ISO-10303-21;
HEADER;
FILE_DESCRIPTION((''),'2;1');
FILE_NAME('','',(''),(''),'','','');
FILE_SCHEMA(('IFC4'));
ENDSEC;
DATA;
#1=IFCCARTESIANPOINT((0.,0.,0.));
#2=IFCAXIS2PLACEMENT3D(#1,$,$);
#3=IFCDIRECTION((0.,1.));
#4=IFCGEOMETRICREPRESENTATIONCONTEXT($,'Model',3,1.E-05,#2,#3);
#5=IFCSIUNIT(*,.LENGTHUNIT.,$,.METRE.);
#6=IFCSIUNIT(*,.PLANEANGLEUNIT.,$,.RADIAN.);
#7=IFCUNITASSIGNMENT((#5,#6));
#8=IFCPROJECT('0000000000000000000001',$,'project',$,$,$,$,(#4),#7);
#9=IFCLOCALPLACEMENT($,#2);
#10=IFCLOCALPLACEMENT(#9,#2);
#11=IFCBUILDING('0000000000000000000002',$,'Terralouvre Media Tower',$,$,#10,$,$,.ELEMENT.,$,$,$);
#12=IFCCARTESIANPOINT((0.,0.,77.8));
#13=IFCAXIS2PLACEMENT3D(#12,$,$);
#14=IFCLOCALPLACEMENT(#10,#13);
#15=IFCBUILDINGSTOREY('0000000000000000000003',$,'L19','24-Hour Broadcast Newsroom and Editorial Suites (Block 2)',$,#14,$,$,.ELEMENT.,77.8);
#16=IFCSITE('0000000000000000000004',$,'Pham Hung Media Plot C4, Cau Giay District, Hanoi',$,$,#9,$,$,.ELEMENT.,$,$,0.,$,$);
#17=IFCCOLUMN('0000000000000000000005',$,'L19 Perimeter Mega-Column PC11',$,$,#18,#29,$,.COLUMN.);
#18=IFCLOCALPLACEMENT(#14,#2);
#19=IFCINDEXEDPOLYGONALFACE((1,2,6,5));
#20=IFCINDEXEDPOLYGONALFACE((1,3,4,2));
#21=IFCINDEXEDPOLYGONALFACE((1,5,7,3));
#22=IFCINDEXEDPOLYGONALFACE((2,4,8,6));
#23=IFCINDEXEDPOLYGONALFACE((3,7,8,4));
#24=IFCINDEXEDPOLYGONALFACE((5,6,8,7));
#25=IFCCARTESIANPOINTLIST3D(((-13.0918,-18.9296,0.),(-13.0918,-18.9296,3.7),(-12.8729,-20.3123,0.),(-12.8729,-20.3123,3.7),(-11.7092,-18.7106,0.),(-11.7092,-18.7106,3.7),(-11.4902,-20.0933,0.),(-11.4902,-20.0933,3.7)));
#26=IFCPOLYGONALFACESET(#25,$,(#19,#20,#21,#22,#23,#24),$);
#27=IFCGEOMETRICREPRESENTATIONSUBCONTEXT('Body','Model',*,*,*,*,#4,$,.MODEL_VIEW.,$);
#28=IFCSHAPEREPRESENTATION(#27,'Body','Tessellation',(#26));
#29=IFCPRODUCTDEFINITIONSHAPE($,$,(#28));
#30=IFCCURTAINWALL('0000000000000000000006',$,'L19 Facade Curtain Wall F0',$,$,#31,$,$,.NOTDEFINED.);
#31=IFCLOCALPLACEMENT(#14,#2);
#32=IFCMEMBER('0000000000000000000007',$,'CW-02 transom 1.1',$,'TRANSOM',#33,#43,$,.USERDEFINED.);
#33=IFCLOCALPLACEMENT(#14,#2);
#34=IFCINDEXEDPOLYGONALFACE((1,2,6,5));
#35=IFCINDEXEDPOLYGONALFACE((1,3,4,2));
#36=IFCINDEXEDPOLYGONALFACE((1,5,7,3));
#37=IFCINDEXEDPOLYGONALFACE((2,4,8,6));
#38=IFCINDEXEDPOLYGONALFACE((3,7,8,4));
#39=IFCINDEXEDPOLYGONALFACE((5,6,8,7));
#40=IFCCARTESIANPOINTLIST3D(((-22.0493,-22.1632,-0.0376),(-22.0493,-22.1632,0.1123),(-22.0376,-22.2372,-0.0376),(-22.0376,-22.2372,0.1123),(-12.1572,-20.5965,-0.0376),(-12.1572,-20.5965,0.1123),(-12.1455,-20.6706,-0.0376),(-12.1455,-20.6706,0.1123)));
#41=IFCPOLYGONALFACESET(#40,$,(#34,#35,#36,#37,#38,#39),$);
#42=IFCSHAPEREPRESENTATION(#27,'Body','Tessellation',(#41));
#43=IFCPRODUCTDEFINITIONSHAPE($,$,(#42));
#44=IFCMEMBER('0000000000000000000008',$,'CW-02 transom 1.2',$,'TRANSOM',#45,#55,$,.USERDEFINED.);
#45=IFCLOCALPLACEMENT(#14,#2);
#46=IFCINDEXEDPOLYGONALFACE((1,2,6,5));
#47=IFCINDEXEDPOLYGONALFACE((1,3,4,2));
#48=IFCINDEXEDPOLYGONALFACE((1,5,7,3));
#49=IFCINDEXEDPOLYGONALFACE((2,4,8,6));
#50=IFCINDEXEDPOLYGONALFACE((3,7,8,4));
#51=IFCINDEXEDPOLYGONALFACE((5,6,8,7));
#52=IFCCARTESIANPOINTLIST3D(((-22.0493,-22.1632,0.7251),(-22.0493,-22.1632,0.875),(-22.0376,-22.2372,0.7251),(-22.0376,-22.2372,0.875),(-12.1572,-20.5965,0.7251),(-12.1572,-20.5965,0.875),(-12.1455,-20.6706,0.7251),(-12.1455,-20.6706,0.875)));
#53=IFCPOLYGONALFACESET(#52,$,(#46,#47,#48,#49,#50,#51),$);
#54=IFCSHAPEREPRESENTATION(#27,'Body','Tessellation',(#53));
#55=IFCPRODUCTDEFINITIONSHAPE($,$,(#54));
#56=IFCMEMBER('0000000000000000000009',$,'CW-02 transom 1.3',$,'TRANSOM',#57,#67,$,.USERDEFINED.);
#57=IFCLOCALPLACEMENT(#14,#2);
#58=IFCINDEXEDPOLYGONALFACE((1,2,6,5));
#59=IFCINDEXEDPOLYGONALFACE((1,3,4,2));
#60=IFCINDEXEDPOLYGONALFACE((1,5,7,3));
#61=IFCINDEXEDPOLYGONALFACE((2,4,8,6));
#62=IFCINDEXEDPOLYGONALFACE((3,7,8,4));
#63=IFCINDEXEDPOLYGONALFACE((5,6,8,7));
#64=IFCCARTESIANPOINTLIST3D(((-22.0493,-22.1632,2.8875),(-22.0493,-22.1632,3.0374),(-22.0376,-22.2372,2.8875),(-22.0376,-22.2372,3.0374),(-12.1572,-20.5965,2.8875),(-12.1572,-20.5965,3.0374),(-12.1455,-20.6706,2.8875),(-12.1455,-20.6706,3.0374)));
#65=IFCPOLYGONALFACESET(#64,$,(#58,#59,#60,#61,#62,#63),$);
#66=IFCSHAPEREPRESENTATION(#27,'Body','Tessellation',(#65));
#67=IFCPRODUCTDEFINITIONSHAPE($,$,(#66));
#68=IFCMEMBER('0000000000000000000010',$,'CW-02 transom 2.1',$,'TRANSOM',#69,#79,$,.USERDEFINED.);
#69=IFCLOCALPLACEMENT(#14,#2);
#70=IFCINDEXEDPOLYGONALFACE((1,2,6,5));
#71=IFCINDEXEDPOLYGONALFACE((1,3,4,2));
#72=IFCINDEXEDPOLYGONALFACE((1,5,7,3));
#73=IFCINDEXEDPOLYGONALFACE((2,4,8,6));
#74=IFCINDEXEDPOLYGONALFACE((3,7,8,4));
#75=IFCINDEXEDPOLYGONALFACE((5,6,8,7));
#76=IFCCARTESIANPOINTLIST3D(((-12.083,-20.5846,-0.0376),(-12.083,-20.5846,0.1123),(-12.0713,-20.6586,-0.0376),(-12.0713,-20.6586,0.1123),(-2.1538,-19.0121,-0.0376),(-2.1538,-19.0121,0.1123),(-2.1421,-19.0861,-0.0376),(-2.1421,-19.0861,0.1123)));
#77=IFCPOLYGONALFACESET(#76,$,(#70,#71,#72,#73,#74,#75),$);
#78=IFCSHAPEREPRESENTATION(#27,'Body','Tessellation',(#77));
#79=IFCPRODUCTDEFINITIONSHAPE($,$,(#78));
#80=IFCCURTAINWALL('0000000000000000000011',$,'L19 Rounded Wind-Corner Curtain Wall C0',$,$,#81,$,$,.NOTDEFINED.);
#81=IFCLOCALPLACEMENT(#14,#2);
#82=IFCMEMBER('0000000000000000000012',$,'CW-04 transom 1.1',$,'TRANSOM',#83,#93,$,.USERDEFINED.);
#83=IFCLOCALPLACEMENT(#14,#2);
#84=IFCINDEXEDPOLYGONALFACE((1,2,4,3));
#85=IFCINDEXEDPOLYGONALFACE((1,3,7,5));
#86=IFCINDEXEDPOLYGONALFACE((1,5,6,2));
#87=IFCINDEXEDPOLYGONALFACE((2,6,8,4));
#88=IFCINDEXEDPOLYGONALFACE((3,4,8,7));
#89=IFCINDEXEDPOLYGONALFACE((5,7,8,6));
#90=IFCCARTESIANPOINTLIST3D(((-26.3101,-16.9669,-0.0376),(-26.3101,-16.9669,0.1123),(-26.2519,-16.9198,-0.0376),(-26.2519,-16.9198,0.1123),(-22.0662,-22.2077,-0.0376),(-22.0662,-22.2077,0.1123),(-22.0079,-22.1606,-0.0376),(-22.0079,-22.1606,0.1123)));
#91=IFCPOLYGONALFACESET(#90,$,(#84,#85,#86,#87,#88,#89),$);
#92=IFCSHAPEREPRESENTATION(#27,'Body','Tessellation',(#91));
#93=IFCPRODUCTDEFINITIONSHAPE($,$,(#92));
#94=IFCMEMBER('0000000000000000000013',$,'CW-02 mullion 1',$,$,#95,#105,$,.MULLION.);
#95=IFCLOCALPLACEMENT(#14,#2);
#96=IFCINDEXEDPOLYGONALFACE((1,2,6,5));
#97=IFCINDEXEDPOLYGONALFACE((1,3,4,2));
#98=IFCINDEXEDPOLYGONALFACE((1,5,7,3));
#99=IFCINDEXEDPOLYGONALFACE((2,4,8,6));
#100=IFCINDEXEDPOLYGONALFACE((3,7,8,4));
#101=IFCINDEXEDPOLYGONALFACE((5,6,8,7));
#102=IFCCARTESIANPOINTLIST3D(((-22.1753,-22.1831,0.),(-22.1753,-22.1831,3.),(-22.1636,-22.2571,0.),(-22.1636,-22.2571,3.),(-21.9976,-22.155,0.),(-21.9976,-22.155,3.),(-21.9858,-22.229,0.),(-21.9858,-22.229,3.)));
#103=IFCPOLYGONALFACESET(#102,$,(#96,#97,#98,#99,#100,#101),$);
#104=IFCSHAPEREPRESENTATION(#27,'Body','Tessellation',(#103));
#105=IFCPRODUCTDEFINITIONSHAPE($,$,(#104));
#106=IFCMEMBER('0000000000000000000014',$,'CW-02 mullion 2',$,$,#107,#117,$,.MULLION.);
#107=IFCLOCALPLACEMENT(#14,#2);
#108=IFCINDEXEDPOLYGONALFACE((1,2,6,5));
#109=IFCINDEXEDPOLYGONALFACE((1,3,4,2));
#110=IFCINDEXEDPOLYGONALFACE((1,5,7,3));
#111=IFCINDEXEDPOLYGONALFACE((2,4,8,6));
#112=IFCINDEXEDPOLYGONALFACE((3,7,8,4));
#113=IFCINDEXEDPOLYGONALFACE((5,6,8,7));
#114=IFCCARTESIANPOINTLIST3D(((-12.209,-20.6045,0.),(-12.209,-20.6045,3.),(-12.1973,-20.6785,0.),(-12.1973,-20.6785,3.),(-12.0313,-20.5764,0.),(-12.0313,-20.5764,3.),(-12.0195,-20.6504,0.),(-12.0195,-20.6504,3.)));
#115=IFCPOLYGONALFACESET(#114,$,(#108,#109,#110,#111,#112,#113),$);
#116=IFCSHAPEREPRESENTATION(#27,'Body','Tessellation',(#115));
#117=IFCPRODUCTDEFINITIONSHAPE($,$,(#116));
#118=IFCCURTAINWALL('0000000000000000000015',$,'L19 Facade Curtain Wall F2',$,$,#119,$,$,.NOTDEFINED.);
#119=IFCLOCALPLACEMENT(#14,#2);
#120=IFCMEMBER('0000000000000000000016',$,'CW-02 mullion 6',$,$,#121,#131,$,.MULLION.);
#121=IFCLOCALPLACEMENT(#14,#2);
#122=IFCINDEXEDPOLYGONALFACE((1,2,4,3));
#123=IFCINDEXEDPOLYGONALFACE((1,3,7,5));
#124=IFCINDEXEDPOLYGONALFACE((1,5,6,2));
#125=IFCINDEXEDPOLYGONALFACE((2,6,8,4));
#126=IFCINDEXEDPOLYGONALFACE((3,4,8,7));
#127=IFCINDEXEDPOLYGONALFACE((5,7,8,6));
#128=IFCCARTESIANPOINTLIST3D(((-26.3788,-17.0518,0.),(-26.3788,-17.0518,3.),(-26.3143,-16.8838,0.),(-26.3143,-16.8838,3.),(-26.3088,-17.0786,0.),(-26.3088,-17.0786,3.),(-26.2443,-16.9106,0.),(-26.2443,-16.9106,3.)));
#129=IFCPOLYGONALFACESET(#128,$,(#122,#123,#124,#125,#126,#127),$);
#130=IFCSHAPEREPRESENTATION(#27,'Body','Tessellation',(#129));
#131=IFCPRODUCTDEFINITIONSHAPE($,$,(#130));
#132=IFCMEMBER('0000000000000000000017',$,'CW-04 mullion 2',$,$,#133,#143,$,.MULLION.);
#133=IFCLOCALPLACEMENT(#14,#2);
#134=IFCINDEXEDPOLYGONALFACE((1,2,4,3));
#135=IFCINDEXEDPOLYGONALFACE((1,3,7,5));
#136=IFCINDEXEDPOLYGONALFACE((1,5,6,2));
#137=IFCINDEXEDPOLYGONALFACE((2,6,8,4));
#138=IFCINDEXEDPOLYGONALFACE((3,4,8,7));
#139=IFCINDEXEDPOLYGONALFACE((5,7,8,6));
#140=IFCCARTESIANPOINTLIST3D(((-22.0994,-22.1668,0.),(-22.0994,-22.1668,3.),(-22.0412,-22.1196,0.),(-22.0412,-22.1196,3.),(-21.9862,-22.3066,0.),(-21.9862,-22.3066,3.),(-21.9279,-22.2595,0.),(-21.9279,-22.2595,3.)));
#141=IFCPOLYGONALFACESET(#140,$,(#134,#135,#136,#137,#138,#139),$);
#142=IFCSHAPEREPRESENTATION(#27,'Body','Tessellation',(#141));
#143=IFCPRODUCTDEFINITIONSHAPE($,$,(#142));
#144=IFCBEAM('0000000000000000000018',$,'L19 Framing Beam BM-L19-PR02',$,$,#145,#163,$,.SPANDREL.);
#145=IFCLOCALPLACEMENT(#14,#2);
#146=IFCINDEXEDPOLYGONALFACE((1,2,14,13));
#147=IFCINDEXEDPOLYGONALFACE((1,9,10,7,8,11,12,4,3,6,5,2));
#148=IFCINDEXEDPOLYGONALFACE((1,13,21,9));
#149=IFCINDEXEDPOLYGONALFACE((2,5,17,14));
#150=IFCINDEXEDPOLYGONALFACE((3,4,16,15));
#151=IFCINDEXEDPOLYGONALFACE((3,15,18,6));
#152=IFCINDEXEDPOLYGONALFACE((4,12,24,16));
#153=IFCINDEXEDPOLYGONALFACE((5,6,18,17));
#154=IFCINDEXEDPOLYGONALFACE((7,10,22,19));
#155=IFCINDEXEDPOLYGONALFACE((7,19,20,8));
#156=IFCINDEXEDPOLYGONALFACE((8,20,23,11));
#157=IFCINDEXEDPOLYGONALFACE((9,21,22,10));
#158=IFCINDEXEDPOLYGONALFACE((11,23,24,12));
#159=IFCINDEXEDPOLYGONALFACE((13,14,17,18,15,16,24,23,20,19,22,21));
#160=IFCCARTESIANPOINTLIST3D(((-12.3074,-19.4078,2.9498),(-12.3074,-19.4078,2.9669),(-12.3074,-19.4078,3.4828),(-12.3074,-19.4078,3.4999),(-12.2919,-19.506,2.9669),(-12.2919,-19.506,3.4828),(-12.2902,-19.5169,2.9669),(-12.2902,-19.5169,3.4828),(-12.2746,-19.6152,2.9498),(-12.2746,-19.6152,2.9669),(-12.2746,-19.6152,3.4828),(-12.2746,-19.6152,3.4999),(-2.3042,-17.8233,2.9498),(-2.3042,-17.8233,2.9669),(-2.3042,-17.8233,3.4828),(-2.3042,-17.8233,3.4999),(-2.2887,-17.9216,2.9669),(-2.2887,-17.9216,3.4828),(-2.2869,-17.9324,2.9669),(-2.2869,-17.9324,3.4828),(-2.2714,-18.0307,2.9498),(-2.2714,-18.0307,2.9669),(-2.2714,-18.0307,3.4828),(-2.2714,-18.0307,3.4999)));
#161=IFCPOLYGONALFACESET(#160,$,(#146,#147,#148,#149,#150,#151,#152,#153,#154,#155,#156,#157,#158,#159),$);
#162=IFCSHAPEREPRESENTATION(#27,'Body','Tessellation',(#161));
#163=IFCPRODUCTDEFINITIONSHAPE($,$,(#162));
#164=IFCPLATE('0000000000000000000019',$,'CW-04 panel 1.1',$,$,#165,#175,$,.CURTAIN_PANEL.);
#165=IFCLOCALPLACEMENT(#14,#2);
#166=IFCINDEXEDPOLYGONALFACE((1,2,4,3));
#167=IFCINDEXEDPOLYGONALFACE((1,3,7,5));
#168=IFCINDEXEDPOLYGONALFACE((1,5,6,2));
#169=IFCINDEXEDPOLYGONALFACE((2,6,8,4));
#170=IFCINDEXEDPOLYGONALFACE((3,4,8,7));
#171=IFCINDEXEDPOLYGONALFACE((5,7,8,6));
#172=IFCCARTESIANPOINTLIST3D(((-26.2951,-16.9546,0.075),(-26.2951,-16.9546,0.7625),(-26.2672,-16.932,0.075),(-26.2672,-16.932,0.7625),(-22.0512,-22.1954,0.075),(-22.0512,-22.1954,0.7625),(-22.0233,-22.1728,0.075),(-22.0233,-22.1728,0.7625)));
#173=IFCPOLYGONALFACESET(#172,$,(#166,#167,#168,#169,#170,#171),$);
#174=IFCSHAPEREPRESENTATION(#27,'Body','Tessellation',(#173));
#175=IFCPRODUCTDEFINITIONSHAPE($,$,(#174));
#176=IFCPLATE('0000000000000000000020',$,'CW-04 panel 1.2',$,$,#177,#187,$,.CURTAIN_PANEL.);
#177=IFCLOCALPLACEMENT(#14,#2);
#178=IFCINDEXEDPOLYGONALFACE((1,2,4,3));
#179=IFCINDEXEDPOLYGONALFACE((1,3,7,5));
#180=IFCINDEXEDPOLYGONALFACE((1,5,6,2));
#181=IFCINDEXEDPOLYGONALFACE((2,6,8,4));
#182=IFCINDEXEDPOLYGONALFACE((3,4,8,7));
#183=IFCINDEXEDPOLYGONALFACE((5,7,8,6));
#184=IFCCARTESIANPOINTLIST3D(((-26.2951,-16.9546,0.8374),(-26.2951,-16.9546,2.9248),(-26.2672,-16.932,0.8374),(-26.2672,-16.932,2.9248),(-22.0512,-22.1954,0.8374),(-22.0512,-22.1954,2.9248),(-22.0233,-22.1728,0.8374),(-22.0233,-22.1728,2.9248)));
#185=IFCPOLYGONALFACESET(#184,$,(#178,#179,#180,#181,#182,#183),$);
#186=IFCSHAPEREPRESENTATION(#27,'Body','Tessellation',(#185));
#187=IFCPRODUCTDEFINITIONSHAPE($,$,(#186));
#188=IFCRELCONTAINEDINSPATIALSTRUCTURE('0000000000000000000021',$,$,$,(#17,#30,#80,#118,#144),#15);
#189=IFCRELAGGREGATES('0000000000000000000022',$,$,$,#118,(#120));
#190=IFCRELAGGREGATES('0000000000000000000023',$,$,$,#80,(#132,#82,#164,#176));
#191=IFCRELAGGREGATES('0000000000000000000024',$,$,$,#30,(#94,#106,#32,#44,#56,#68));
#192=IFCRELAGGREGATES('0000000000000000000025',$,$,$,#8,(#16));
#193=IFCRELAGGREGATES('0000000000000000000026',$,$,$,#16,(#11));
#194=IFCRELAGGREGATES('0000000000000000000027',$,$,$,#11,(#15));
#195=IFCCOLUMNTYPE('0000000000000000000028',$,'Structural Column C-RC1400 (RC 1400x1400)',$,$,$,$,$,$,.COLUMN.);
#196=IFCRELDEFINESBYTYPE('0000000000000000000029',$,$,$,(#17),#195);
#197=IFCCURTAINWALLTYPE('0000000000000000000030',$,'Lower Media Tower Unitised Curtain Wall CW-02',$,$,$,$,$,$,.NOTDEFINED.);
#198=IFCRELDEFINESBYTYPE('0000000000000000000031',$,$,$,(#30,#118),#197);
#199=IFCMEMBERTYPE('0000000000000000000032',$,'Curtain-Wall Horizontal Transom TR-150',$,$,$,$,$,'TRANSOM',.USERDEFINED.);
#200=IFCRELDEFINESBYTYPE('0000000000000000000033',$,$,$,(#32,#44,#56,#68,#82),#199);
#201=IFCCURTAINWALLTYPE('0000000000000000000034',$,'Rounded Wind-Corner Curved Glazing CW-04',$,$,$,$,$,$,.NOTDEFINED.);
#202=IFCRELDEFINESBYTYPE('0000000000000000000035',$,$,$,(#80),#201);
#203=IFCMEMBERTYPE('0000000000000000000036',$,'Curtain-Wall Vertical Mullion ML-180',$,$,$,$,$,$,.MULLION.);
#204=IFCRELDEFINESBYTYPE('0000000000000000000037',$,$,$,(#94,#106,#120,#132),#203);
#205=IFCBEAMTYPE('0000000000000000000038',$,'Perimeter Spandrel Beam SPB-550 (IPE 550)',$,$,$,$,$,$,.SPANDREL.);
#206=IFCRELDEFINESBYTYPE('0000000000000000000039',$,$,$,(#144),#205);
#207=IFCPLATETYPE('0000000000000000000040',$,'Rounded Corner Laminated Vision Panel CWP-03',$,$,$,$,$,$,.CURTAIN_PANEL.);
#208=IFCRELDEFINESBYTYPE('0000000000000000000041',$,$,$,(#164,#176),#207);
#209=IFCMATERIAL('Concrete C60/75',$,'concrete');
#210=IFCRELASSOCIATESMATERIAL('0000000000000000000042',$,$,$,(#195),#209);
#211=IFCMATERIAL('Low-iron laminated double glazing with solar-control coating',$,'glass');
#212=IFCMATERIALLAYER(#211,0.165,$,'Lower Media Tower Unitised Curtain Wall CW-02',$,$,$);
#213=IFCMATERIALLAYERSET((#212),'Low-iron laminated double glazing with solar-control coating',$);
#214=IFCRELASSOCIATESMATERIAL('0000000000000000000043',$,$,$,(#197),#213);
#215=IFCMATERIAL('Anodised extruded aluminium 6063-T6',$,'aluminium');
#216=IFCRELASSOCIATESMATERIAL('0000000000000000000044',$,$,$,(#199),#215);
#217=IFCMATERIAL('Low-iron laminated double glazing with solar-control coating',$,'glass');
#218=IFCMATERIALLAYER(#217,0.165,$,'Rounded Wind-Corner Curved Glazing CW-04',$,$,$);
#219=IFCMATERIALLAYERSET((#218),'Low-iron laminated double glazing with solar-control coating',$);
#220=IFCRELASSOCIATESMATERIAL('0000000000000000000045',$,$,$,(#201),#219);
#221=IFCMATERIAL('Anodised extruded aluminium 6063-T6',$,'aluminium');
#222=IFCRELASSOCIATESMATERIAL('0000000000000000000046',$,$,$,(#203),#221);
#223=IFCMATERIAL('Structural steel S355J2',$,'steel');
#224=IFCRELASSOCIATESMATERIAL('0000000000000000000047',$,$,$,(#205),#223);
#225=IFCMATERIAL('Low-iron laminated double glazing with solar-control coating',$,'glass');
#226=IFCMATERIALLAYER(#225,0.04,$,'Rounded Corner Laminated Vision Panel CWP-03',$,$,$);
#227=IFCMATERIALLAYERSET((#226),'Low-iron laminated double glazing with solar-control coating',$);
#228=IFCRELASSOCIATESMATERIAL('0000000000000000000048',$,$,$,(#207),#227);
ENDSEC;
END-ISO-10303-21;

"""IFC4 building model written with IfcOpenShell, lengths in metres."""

from ifc_helpers import new_model, si_unit, direction, frame, origin, origin_2d, place, context, subcontext, project, spatial, rectangle, i_section, extrude, material, layer, layer_set, material_profile, profile_set, type_object, element, aggregate, save


model = new_model("IFC4")

# Units and contexts
model_context = context("Model", 3, precision=1e-05, world=origin(), true_north=direction((0.0, 1.0)))
body_context = subcontext(model_context, "Body", "Model", "MODEL_VIEW")
ifc_project = project(units=[si_unit("LENGTHUNIT", "METRE"), si_unit("PLANEANGLEUNIT", "RADIAN")], contexts=[model_context])

# Site, building, storey
site_placement = place(None, origin())
site = spatial("IfcSite", under=ifc_project, at=site_placement, Name="Pham Hung Media Plot C4, Cau Giay District, Hanoi", CompositionType="ELEMENT", RefElevation=0.0)
building_placement = place(site_placement, origin())
building = spatial("IfcBuilding", under=site, at=building_placement, Name="Terralouvre Media Tower", CompositionType="ELEMENT")
storey_placement = place(building_placement, frame((0.0, 0.0, 77.8)))
storey = spatial("IfcBuildingStorey", under=building, at=storey_placement, Name="L19", Description="24-Hour Broadcast Newsroom and Editorial Suites (Block 2)", CompositionType="ELEMENT", Elevation=77.8)

# Column
ifc_material_1 = material(Name="Concrete C60/75", Category="concrete")
ifc_material_profile_1 = material_profile(ifc_material_1, rectangle(XDim=1.3999, YDim=1.3999, at=origin_2d()), Name="RC 1400x1400")
ifc_profile_set_1 = profile_set([ifc_material_profile_1], Name="Concrete C60/75")
column_type = type_object("IfcColumnType", Name="Structural Column C-RC1400 (RC 1400x1400)", PredefinedType="COLUMN", material=ifc_profile_set_1)
column_placement = place(storey_placement, frame((-12.291, -19.5115, 0.0), z_axis=(0.0, 0.0, 1.0), x_axis=(0.987688, 0.156434, 0.0)))
element("IfcColumn", 1, at=column_placement, inside=storey, type_object=column_type, Name="L19 Perimeter Mega-Column PC11", PredefinedType="COLUMN", context=body_context, shape_type="SweptSolid", body=[
    extrude(rectangle(XDim=1.3999, YDim=1.3999, at=origin_2d()), origin(), (0.0, 0.0, 1.0), 3.7),
])

# Curtain wall, members
ifc_material_2 = material(Name="Low-iron laminated double glazing with solar-control coating", Category="glass")
ifc_layer_1 = layer(ifc_material_2, 0.165, Name="Lower Media Tower Unitised Curtain Wall CW-02")
ifc_layer_set_1 = layer_set([ifc_layer_1], Name="Low-iron laminated double glazing with solar-control coating")
curtain_wall_type_1 = type_object("IfcCurtainWallType", Name="Lower Media Tower Unitised Curtain Wall CW-02", PredefinedType="NOTDEFINED", material=ifc_layer_set_1)
curtain_wall_1_placement = place(storey_placement, origin())
curtain_wall_1 = element("IfcCurtainWall", 2, at=curtain_wall_1_placement, inside=storey, type_object=curtain_wall_type_1, Name="L19 Facade Curtain Wall F0", PredefinedType="NOTDEFINED")
ifc_material_3 = material(Name="Anodised extruded aluminium 6063-T6", Category="aluminium")
ifc_material_profile_2 = material_profile(ifc_material_3, rectangle(XDim=0.075, YDim=0.1499, at=origin_2d()), Name="ALU 75x150")
ifc_profile_set_2 = profile_set([ifc_material_profile_2], Name="Anodised extruded aluminium 6063-T6")
member_type_1 = type_object("IfcMemberType", Name="Curtain-Wall Horizontal Transom TR-150", ElementType="TRANSOM", PredefinedType="USERDEFINED", material=ifc_profile_set_2)
member_1_placement = place(storey_placement, frame((-22.0435, -22.2002, 0.0374), z_axis=(0.98769, 0.156424, 0.0), x_axis=(-0.156424, 0.98769, 0.0)))
member_1 = element("IfcMember", 3, at=member_1_placement, type_object=member_type_1, Name="CW-02 transom 1.1", ObjectType="TRANSOM", PredefinedType="USERDEFINED", context=body_context, shape_type="SweptSolid", body=[
    extrude(rectangle(XDim=0.075, YDim=0.1499, at=origin_2d()), origin(), (0.0, 0.0, 1.0), 10.0154),
])
member_2_placement = place(storey_placement, frame((-22.0435, -22.2002, 0.8), z_axis=(0.98769, 0.156424, 0.0), x_axis=(-0.156424, 0.98769, 0.0)))
member_2 = element("IfcMember", 4, at=member_2_placement, type_object=member_type_1, Name="CW-02 transom 1.2", ObjectType="TRANSOM", PredefinedType="USERDEFINED", context=body_context, shape_type="SweptSolid", body=[
    extrude(rectangle(XDim=0.075, YDim=0.1499, at=origin_2d()), origin(), (0.0, 0.0, 1.0), 10.0154),
])
member_3_placement = place(storey_placement, frame((-22.0435, -22.2002, 2.9624), z_axis=(0.98769, 0.156424, 0.0), x_axis=(-0.156424, 0.98769, 0.0)))
member_3 = element("IfcMember", 5, at=member_3_placement, type_object=member_type_1, Name="CW-02 transom 1.3", ObjectType="TRANSOM", PredefinedType="USERDEFINED", context=body_context, shape_type="SweptSolid", body=[
    extrude(rectangle(XDim=0.075, YDim=0.1499, at=origin_2d()), origin(), (0.0, 0.0, 1.0), 10.0154),
])
member_4_placement = place(storey_placement, frame((-12.0771, -20.6216, 0.0374), z_axis=(0.98769, 0.156423, 0.0), x_axis=(-0.156423, 0.98769, 0.0)))
member_4 = element("IfcMember", 6, at=member_4_placement, type_object=member_type_1, Name="CW-02 transom 2.1", ObjectType="TRANSOM", PredefinedType="USERDEFINED", context=body_context, shape_type="SweptSolid", body=[
    extrude(rectangle(XDim=0.075, YDim=0.1499, at=origin_2d()), origin(), (0.0, 0.0, 1.0), 10.053),
])

# Curtain wall, member
ifc_material_4 = material(Name="Low-iron laminated double glazing with solar-control coating", Category="glass")
ifc_layer_2 = layer(ifc_material_4, 0.165, Name="Rounded Wind-Corner Curved Glazing CW-04")
ifc_layer_set_2 = layer_set([ifc_layer_2], Name="Low-iron laminated double glazing with solar-control coating")
curtain_wall_type_2 = type_object("IfcCurtainWallType", Name="Rounded Wind-Corner Curved Glazing CW-04", PredefinedType="NOTDEFINED", material=ifc_layer_set_2)
curtain_wall_2_placement = place(storey_placement, origin())
curtain_wall_2 = element("IfcCurtainWall", 7, at=curtain_wall_2_placement, inside=storey, type_object=curtain_wall_type_2, Name="L19 Rounded Wind-Corner Curtain Wall C0", PredefinedType="NOTDEFINED")
member_5_placement = place(storey_placement, frame((-26.281, -16.9434, 0.0374), z_axis=(0.629324, -0.777143, 0.0), x_axis=(0.777143, 0.629324, 0.0)))
member_5 = element("IfcMember", 8, at=member_5_placement, type_object=member_type_1, Name="CW-04 transom 1.1", ObjectType="TRANSOM", PredefinedType="USERDEFINED", context=body_context, shape_type="SweptSolid", body=[
    extrude(rectangle(XDim=0.075, YDim=0.1499, at=origin_2d()), origin(), (0.0, 0.0, 1.0), 6.7437),
])

# Members
ifc_material_5 = material(Name="Anodised extruded aluminium 6063-T6", Category="aluminium")
ifc_material_profile_3 = material_profile(ifc_material_5, rectangle(XDim=0.075, YDim=0.1799, at=origin_2d()), Name="ALU 75x180")
ifc_profile_set_3 = profile_set([ifc_material_profile_3], Name="Anodised extruded aluminium 6063-T6")
member_type_2 = type_object("IfcMemberType", Name="Curtain-Wall Vertical Mullion ML-180", PredefinedType="MULLION", material=ifc_profile_set_3)
member_6_placement = place(storey_placement, frame((-22.0806, -22.2061, 0.0), z_axis=(0.0, 0.0, 1.0), x_axis=(-0.156434, 0.987688, 0.0)))
member_6 = element("IfcMember", 9, at=member_6_placement, type_object=member_type_2, Name="CW-02 mullion 1", PredefinedType="MULLION", context=body_context, shape_type="SweptSolid", body=[
    extrude(rectangle(XDim=0.075, YDim=0.1799, at=origin_2d()), origin(), (0.0, 0.0, 1.0), 3.0),
])
member_7_placement = place(storey_placement, frame((-12.1143, -20.6274, 0.0), z_axis=(0.0, 0.0, 1.0), x_axis=(-0.156434, 0.987688, 0.0)))
member_7 = element("IfcMember", 10, at=member_7_placement, type_object=member_type_2, Name="CW-02 mullion 2", PredefinedType="MULLION", context=body_context, shape_type="SweptSolid", body=[
    extrude(rectangle(XDim=0.075, YDim=0.1799, at=origin_2d()), origin(), (0.0, 0.0, 1.0), 3.0),
])

# Curtain wall, member
curtain_wall_3_placement = place(storey_placement, origin())
curtain_wall_3 = element("IfcCurtainWall", 11, at=curtain_wall_3_placement, inside=storey, type_object=curtain_wall_type_1, Name="L19 Facade Curtain Wall F2", PredefinedType="NOTDEFINED")
member_8_placement = place(storey_placement, frame((-26.3115, -16.9812, 0.0), z_axis=(0.0, 0.0, 1.0), x_axis=(0.93358, -0.358368, 0.0)))
member_8 = element("IfcMember", 12, at=member_8_placement, type_object=member_type_2, Name="CW-02 mullion 6", PredefinedType="MULLION", context=body_context, shape_type="SweptSolid", body=[
    extrude(rectangle(XDim=0.075, YDim=0.1799, at=origin_2d()), origin(), (0.0, 0.0, 1.0), 3.0),
])
aggregate(curtain_wall_3, [member_8])

# Member
member_9_placement = place(storey_placement, frame((-22.0137, -22.2131, 0.0), z_axis=(0.0, 0.0, 1.0), x_axis=(0.777146, 0.62932, 0.0)))
member_9 = element("IfcMember", 13, at=member_9_placement, type_object=member_type_2, Name="CW-04 mullion 2", PredefinedType="MULLION", context=body_context, shape_type="SweptSolid", body=[
    extrude(rectangle(XDim=0.075, YDim=0.1799, at=origin_2d()), origin(), (0.0, 0.0, 1.0), 3.0),
])

# Beam
ifc_material_6 = material(Name="Structural steel S355J2", Category="steel")
ifc_material_profile_4 = material_profile(ifc_material_6, i_section(OverallWidth=0.21, OverallDepth=0.55, WebThickness=0.011, FlangeThickness=0.0171, at=origin_2d()), Name="IPE 550")
ifc_profile_set_4 = profile_set([ifc_material_profile_4], Name="Structural steel S355J2")
beam_type = type_object("IfcBeamType", Name="Perimeter Spandrel Beam SPB-550 (IPE 550)", PredefinedType="SPANDREL", material=ifc_profile_set_4)
beam_placement = place(storey_placement, frame((-12.291, -19.5115, 3.2249), z_axis=(0.987686, 0.156447, 0.0), x_axis=(-0.156447, 0.987686, 0.0)))
element("IfcBeam", 14, at=beam_placement, inside=storey, type_object=beam_type, Name="L19 Framing Beam BM-L19-PR02", PredefinedType="SPANDREL", context=body_context, shape_type="SweptSolid", body=[
    extrude(i_section(OverallWidth=0.21, OverallDepth=0.55, WebThickness=0.011, FlangeThickness=0.0171, at=origin_2d()), origin(), (0.0, 0.0, 1.0), 10.1279),
])

# Plates
ifc_material_7 = material(Name="Low-iron laminated double glazing with solar-control coating", Category="glass")
ifc_layer_3 = layer(ifc_material_7, 0.04, Name="Rounded Corner Laminated Vision Panel CWP-03")
ifc_layer_set_3 = layer_set([ifc_layer_3], Name="Low-iron laminated double glazing with solar-control coating")
plate_type_1 = type_object("IfcPlateType", Name="Rounded Corner Laminated Vision Panel CWP-03", PredefinedType="CURTAIN_PANEL", material=ifc_layer_set_3)
plate_1_placement = place(storey_placement, frame((-24.1592, -19.5637, 0.075), z_axis=(0.0, 0.0, 1.0), x_axis=(0.62932, -0.777146, 0.0)))
plate_1 = element("IfcPlate", 15, at=plate_1_placement, type_object=plate_type_1, Name="CW-04 panel 1.1", PredefinedType="CURTAIN_PANEL", context=body_context, shape_type="SweptSolid", body=[
    extrude(rectangle(XDim=6.7437, YDim=0.0359, at=origin_2d()), origin(), (0.0, 0.0, 1.0), 0.6875),
])
plate_2_placement = place(storey_placement, frame((-24.1592, -19.5637, 0.8374), z_axis=(0.0, 0.0, 1.0), x_axis=(0.62932, -0.777146, 0.0)))
plate_2 = element("IfcPlate", 16, at=plate_2_placement, type_object=plate_type_1, Name="CW-04 panel 1.2", PredefinedType="CURTAIN_PANEL", context=body_context, shape_type="SweptSolid", body=[
    extrude(rectangle(XDim=6.7437, YDim=0.0359, at=origin_2d()), origin(), (0.0, 0.0, 1.0), 2.0874),
])
aggregate(curtain_wall_2, [member_9, member_5, plate_1, plate_2])
aggregate(curtain_wall_1, [member_6, member_7, member_1, member_2, member_3, member_4])

save(model, "model.ifc")
